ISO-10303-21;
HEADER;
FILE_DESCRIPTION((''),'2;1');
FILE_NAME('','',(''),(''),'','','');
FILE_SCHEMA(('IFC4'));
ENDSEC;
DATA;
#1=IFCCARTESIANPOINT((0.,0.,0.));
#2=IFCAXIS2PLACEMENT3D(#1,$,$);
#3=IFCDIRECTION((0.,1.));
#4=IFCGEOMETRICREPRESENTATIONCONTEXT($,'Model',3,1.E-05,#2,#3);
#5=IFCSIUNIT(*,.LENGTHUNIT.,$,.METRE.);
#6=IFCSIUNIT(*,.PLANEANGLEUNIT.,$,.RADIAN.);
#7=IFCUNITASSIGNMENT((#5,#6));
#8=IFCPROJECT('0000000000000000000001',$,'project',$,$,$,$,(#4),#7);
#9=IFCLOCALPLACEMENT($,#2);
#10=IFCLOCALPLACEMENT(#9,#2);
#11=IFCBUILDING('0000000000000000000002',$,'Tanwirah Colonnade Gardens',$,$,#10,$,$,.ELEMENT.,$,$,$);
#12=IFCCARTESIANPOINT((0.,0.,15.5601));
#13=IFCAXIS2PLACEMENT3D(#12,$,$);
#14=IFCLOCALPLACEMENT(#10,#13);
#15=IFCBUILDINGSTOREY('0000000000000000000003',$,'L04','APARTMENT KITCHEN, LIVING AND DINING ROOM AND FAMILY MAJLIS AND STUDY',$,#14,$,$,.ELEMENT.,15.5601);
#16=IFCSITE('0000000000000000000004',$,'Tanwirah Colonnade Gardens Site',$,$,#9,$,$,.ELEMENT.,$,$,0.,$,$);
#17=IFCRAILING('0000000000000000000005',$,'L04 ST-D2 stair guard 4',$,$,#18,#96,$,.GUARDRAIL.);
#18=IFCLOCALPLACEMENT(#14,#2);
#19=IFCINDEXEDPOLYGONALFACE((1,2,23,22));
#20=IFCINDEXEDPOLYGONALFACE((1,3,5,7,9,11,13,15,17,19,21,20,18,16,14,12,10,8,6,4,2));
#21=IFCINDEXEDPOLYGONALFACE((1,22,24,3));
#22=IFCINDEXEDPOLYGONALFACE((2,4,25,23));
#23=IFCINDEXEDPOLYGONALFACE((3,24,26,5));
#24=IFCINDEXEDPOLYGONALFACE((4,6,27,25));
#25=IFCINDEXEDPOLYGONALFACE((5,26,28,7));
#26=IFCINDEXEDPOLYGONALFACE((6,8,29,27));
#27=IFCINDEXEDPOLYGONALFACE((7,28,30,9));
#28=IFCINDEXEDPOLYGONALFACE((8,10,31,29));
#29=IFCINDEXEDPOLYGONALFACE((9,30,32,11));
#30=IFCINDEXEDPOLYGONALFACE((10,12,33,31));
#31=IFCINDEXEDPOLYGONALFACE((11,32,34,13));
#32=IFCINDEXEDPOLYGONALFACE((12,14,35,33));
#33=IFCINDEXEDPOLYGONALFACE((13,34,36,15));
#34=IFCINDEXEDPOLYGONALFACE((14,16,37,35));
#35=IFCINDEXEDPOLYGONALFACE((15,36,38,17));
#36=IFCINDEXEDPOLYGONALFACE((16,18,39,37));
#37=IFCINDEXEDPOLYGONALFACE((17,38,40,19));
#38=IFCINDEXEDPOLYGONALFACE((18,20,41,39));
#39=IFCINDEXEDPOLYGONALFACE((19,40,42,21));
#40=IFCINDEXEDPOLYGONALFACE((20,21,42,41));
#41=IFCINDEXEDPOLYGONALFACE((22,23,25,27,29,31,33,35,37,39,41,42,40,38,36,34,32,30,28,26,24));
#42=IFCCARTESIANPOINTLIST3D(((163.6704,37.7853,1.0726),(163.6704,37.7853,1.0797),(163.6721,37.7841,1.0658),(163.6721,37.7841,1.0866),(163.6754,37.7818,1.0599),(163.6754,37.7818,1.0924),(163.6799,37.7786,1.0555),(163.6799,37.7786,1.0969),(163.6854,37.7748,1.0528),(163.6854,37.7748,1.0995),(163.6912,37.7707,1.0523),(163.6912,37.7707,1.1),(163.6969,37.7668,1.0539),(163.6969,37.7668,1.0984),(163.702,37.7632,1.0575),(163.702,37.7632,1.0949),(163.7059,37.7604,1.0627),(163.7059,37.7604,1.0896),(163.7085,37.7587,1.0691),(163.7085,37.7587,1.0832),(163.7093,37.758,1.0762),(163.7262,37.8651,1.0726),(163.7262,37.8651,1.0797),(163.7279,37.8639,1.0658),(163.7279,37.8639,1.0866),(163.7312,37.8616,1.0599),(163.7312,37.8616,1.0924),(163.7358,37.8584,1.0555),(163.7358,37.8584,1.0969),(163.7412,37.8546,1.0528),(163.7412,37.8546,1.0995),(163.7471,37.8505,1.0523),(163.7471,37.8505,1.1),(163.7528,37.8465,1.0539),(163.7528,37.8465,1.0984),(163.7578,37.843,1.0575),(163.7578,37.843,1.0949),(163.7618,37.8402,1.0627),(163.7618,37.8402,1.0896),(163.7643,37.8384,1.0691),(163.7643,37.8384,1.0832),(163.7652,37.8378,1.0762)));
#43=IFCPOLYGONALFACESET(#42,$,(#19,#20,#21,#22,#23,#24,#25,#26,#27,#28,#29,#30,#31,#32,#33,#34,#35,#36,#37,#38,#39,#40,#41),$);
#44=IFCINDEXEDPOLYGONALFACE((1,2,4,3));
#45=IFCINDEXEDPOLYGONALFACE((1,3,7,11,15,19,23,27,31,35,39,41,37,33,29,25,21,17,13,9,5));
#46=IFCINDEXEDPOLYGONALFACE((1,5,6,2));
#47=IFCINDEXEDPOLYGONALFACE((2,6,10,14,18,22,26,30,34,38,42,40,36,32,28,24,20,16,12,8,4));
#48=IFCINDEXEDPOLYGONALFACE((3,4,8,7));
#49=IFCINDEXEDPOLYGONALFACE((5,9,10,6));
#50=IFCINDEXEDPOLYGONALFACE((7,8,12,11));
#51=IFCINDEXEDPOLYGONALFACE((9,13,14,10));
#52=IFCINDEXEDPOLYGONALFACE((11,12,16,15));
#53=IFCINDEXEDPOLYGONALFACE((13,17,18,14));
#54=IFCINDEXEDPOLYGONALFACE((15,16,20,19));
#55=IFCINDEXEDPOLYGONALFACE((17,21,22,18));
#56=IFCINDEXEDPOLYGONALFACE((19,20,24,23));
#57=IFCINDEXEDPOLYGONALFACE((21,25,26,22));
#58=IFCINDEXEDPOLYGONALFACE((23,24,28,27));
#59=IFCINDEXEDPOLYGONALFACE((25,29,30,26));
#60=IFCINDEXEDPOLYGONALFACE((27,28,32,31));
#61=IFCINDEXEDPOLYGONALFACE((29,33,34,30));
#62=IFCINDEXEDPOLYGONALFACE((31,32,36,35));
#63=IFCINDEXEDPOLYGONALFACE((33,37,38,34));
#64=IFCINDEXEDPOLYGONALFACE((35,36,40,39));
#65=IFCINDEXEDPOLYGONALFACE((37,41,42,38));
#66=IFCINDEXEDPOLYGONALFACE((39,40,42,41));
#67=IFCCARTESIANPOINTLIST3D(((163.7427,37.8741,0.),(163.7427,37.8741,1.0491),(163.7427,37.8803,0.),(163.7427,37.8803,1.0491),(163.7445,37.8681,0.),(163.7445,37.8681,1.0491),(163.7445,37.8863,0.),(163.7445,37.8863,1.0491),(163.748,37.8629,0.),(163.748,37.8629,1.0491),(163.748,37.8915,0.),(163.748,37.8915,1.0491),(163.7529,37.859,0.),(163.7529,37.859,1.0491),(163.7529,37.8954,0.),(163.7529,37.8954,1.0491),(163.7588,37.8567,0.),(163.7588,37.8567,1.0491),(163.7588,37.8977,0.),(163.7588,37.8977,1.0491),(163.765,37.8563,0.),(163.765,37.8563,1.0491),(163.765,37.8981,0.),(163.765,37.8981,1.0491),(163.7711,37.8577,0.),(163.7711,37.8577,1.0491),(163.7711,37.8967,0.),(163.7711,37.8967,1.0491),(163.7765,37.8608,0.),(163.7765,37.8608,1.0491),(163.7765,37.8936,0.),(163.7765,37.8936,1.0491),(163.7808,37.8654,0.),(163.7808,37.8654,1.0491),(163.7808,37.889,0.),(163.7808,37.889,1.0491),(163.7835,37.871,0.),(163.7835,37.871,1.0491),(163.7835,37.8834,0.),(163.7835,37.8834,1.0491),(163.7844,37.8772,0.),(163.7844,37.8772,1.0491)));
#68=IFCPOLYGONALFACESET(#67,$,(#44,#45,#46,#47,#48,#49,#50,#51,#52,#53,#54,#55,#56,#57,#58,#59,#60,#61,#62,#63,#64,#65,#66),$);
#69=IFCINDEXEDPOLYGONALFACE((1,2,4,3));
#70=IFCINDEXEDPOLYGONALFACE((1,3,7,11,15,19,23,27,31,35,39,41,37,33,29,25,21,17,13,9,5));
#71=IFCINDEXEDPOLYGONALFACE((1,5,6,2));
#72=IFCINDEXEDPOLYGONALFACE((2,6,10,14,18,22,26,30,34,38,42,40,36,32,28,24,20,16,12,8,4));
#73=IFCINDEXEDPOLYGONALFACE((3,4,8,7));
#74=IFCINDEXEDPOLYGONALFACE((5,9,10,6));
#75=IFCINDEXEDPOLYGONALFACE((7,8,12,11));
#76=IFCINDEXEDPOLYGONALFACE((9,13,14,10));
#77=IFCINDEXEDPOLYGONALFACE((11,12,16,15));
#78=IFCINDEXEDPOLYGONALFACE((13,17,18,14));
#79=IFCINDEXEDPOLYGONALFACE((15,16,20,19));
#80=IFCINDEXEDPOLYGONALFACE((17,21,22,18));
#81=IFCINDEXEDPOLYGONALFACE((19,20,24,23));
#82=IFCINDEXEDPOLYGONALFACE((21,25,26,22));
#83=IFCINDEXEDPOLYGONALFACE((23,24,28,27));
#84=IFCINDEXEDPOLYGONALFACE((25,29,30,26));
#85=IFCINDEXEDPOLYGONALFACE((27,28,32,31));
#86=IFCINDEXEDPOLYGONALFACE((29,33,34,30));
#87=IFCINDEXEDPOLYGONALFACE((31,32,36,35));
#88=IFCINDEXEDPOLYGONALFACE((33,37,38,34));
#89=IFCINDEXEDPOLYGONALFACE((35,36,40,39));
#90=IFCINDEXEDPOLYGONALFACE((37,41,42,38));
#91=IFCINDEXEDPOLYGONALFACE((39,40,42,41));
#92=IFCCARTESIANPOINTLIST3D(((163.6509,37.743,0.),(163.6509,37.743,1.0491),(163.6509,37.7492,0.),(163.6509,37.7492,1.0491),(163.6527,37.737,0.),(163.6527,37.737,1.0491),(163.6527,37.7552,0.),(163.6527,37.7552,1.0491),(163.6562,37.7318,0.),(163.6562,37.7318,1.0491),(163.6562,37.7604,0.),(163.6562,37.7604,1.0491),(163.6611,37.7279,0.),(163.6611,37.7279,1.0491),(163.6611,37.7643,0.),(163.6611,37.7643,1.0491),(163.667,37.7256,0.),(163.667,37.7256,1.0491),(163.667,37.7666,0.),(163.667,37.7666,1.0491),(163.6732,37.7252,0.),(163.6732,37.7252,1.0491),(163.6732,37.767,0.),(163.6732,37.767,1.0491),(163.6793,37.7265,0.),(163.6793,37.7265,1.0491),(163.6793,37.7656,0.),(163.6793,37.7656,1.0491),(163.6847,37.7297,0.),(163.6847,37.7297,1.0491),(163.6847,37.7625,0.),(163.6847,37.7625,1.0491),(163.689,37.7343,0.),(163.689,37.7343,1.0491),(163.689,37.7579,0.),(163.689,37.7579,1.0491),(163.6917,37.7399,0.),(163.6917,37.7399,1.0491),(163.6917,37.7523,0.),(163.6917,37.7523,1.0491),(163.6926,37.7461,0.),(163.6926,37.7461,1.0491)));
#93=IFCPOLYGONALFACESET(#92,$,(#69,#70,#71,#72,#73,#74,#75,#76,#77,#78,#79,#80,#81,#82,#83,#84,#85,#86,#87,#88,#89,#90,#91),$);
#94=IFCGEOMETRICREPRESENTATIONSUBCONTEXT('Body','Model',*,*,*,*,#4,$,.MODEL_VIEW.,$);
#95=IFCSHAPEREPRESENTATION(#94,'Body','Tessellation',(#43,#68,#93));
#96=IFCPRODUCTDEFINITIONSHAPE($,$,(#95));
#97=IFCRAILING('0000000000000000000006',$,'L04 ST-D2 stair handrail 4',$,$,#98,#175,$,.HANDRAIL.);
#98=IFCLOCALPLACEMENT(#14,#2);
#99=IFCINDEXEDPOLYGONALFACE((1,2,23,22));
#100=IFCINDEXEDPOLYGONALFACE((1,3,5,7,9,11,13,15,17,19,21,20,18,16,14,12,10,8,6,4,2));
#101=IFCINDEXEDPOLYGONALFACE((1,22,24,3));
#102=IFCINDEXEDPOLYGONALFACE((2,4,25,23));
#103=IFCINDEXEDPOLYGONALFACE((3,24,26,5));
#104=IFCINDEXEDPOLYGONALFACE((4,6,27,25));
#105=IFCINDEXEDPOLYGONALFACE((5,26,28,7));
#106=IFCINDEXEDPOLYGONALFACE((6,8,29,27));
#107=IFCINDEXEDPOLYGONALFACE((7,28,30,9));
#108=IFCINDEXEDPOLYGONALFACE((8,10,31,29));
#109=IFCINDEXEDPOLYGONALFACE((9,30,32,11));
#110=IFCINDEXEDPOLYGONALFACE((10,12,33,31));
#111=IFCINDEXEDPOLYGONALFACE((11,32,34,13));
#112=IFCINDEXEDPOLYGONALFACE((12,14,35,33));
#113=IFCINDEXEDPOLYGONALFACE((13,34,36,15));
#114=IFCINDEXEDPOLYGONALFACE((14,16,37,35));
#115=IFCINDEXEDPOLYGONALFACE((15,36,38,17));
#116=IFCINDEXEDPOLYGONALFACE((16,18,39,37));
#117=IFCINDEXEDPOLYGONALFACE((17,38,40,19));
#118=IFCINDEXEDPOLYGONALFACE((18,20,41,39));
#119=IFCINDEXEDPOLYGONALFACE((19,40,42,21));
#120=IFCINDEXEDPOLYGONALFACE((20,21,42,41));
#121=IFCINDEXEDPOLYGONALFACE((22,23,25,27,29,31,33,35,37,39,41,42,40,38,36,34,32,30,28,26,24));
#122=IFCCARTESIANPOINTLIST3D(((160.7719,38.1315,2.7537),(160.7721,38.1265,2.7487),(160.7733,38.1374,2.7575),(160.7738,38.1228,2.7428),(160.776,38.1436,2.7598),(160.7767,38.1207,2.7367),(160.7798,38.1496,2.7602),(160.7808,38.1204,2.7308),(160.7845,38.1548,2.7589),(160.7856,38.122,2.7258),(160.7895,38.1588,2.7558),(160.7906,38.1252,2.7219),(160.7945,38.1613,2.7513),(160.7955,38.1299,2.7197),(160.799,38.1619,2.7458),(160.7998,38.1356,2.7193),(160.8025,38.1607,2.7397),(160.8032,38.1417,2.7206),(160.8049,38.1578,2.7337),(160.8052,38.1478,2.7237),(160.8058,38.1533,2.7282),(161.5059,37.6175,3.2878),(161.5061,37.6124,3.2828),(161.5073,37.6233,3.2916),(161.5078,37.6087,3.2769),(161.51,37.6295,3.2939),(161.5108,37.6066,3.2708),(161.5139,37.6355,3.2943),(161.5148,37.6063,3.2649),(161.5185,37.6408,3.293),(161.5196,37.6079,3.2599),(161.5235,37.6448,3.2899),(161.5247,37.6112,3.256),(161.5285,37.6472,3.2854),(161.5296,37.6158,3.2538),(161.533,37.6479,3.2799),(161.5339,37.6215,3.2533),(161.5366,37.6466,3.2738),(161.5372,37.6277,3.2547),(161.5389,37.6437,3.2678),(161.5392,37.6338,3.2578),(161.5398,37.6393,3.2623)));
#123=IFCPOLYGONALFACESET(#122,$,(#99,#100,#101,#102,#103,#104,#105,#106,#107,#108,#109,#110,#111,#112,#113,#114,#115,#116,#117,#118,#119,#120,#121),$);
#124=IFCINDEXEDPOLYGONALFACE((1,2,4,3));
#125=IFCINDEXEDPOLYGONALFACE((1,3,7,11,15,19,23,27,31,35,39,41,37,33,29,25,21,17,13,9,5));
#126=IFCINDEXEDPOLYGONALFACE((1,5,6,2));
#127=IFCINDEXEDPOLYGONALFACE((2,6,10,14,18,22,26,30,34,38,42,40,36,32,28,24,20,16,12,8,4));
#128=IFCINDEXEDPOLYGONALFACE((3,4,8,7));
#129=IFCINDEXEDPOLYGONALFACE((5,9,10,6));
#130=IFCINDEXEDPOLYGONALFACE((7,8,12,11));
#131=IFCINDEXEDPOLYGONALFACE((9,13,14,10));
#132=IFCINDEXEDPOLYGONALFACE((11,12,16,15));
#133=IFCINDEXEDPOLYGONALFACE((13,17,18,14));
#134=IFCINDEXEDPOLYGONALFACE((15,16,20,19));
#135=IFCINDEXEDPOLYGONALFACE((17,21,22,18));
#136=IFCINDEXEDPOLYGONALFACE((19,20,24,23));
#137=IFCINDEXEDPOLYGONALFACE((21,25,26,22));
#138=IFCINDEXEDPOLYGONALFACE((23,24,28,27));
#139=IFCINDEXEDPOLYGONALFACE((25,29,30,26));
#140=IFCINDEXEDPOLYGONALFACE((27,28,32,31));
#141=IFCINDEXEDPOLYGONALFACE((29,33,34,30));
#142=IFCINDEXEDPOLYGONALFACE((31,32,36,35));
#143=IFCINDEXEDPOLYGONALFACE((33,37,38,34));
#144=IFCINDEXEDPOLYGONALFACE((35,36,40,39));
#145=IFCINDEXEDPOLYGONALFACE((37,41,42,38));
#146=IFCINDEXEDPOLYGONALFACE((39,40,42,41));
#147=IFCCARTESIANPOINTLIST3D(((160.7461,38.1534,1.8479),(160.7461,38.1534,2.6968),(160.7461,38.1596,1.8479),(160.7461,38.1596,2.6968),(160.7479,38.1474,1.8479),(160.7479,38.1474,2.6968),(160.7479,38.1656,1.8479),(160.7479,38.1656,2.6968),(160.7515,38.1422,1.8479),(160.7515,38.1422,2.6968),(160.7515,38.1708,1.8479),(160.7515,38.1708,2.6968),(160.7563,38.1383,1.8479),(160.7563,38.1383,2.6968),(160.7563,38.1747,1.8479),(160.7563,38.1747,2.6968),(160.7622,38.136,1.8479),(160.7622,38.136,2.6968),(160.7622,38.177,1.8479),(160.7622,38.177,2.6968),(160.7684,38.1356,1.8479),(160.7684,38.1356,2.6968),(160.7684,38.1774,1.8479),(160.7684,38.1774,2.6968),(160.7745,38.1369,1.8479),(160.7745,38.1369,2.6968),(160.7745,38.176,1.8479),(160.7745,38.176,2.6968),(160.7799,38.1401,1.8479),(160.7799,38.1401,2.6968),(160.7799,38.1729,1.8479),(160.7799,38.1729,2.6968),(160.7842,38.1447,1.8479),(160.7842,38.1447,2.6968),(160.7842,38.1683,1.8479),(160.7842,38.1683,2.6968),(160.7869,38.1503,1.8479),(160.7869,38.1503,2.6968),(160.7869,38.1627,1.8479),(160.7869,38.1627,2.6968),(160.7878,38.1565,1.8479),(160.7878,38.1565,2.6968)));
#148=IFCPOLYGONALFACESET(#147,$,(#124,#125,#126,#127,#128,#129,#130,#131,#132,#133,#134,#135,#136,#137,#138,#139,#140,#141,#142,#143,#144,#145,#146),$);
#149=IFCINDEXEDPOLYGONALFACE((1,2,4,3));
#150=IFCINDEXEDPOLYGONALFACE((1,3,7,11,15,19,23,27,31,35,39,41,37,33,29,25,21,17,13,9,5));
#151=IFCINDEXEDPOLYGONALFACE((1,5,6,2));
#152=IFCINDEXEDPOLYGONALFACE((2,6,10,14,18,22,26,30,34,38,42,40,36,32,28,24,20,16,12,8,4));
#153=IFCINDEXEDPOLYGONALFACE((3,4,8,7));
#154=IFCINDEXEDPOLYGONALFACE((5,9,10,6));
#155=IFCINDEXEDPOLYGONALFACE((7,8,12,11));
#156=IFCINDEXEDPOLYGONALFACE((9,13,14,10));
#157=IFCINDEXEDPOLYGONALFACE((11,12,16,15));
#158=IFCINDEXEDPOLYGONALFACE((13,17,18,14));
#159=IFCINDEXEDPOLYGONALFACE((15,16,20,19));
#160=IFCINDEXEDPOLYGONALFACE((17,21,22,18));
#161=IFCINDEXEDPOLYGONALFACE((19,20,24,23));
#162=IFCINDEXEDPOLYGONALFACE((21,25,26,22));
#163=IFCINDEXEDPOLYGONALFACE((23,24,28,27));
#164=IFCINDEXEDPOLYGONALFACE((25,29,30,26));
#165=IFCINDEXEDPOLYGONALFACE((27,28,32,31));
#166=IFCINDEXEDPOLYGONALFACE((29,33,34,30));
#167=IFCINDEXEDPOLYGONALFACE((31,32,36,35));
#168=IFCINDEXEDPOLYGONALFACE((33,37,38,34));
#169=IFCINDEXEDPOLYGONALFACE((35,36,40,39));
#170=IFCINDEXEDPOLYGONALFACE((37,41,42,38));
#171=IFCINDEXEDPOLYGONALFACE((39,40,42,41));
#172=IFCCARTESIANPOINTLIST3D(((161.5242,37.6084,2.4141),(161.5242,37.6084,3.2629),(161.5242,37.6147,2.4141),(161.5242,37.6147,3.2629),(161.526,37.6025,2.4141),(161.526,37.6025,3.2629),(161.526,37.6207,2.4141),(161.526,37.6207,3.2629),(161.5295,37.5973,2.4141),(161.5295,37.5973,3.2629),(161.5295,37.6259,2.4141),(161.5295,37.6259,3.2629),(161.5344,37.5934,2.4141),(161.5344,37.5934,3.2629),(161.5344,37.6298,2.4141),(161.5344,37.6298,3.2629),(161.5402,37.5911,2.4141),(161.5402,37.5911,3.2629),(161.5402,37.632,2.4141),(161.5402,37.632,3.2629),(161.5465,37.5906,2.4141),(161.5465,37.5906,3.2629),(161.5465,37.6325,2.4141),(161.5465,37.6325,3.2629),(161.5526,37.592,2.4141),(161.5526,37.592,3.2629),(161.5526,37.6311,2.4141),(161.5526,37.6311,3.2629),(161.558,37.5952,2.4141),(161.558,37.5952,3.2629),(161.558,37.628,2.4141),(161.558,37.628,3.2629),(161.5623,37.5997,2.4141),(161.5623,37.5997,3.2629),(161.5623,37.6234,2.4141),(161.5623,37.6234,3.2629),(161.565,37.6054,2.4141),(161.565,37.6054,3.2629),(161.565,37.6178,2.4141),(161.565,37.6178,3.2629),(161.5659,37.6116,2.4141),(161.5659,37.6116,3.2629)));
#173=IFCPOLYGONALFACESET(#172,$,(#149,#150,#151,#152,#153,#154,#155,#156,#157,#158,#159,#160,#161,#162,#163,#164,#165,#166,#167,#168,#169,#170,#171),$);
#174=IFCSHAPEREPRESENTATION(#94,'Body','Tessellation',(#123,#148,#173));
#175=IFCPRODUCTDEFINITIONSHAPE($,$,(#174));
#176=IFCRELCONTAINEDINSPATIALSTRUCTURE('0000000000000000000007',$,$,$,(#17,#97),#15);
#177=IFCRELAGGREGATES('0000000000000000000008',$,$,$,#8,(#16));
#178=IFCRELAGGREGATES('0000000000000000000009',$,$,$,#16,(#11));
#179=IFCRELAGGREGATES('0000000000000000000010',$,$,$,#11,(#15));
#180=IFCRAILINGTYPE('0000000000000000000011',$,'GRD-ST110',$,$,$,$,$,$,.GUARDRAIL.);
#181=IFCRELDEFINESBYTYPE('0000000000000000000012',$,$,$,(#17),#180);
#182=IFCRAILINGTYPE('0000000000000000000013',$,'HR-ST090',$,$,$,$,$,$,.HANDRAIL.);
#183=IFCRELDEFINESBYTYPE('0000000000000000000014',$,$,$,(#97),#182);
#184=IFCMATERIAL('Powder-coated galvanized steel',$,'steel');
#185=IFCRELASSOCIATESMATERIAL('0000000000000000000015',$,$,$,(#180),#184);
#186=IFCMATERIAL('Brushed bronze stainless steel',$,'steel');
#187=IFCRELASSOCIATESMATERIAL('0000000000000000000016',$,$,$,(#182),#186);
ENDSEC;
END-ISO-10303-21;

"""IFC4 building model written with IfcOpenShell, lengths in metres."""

from ifc_helpers import new_model, si_unit, direction, frame, origin, origin_2d, place, context, subcontext, project, spatial, circle, extrude, material, type_object, element, save


model = new_model("IFC4")

# Units and contexts
model_context = context("Model", 3, precision=1e-05, world=origin(), true_north=direction((0.0, 1.0)))
body_context = subcontext(model_context, "Body", "Model", "MODEL_VIEW")
ifc_project = project(units=[si_unit("LENGTHUNIT", "METRE"), si_unit("PLANEANGLEUNIT", "RADIAN")], contexts=[model_context])

# Site, building, storey
site_placement = place(None, origin())
site = spatial("IfcSite", under=ifc_project, at=site_placement, Name="Tanwirah Colonnade Gardens Site", CompositionType="ELEMENT", RefElevation=0.0)
building_placement = place(site_placement, origin())
building = spatial("IfcBuilding", under=site, at=building_placement, Name="Tanwirah Colonnade Gardens", CompositionType="ELEMENT")
storey_placement = place(building_placement, frame((0.0, 0.0, 15.5601)))
storey = spatial("IfcBuildingStorey", under=building, at=storey_placement, Name="L04", Description="APARTMENT KITCHEN, LIVING AND DINING ROOM AND FAMILY MAJLIS AND STUDY", CompositionType="ELEMENT", Elevation=15.5601)

# Railings
ifc_material_1 = material(Name="Powder-coated galvanized steel", Category="steel")
railing_type_1 = type_object("IfcRailingType", Name="GRD-ST110", PredefinedType="GUARDRAIL", material=ifc_material_1)
railing_1_placement = place(storey_placement, frame((163.7634, 37.8772, 0.0)))
element("IfcRailing", 1, at=railing_1_placement, inside=storey, type_object=railing_type_1, Name="L04 ST-D2 stair guard 4", PredefinedType="GUARDRAIL", context=body_context, shape_type="SweptSolid", body=[
    extrude(circle(Radius=0.0239, at=origin_2d()), frame((-0.0178, -0.0256, 1.0762), z_axis=(-0.573565, -0.81916, 0.0), x_axis=(0.81916, -0.573565, 0.0)), (0.0, 0.0, 1.0), 0.0974),
    extrude(circle(Radius=0.021, at=origin_2d()), origin(), (0.0, 0.0, 1.0), 1.0491),
    extrude(circle(Radius=0.021, at=origin_2d()), frame((-0.0918, -0.1311, 0.0)), (0.0, 0.0, 1.0), 1.0491),
])
ifc_material_2 = material(Name="Brushed bronze stainless steel", Category="steel")
railing_type_2 = type_object("IfcRailingType", Name="HR-ST090", PredefinedType="HANDRAIL", material=ifc_material_2)
railing_2_placement = place(storey_placement, frame((160.7668, 38.1565, 1.8479)))
element("IfcRailing", 2, at=railing_2_placement, inside=storey, type_object=railing_type_2, Name="L04 ST-D2 stair handrail 4", PredefinedType="HANDRAIL", context=body_context, shape_type="SweptSolid", body=[
    extrude(circle(Radius=0.0239, at=origin_2d()), frame((0.022, -0.0154, 0.8918), z_axis=(0.703607, -0.492767, 0.511975), x_axis=(0.573652, 0.819099, 0.0)), (0.0, 0.0, 1.0), 1.0432),
    extrude(circle(Radius=0.021, at=origin_2d()), origin(), (0.0, 0.0, 1.0), 0.8489),
    extrude(circle(Radius=0.021, at=origin_2d()), frame((0.7781, -0.5449, 0.5662)), (0.0, 0.0, 1.0), 0.8489),
])

save(model, "model.ifc")
